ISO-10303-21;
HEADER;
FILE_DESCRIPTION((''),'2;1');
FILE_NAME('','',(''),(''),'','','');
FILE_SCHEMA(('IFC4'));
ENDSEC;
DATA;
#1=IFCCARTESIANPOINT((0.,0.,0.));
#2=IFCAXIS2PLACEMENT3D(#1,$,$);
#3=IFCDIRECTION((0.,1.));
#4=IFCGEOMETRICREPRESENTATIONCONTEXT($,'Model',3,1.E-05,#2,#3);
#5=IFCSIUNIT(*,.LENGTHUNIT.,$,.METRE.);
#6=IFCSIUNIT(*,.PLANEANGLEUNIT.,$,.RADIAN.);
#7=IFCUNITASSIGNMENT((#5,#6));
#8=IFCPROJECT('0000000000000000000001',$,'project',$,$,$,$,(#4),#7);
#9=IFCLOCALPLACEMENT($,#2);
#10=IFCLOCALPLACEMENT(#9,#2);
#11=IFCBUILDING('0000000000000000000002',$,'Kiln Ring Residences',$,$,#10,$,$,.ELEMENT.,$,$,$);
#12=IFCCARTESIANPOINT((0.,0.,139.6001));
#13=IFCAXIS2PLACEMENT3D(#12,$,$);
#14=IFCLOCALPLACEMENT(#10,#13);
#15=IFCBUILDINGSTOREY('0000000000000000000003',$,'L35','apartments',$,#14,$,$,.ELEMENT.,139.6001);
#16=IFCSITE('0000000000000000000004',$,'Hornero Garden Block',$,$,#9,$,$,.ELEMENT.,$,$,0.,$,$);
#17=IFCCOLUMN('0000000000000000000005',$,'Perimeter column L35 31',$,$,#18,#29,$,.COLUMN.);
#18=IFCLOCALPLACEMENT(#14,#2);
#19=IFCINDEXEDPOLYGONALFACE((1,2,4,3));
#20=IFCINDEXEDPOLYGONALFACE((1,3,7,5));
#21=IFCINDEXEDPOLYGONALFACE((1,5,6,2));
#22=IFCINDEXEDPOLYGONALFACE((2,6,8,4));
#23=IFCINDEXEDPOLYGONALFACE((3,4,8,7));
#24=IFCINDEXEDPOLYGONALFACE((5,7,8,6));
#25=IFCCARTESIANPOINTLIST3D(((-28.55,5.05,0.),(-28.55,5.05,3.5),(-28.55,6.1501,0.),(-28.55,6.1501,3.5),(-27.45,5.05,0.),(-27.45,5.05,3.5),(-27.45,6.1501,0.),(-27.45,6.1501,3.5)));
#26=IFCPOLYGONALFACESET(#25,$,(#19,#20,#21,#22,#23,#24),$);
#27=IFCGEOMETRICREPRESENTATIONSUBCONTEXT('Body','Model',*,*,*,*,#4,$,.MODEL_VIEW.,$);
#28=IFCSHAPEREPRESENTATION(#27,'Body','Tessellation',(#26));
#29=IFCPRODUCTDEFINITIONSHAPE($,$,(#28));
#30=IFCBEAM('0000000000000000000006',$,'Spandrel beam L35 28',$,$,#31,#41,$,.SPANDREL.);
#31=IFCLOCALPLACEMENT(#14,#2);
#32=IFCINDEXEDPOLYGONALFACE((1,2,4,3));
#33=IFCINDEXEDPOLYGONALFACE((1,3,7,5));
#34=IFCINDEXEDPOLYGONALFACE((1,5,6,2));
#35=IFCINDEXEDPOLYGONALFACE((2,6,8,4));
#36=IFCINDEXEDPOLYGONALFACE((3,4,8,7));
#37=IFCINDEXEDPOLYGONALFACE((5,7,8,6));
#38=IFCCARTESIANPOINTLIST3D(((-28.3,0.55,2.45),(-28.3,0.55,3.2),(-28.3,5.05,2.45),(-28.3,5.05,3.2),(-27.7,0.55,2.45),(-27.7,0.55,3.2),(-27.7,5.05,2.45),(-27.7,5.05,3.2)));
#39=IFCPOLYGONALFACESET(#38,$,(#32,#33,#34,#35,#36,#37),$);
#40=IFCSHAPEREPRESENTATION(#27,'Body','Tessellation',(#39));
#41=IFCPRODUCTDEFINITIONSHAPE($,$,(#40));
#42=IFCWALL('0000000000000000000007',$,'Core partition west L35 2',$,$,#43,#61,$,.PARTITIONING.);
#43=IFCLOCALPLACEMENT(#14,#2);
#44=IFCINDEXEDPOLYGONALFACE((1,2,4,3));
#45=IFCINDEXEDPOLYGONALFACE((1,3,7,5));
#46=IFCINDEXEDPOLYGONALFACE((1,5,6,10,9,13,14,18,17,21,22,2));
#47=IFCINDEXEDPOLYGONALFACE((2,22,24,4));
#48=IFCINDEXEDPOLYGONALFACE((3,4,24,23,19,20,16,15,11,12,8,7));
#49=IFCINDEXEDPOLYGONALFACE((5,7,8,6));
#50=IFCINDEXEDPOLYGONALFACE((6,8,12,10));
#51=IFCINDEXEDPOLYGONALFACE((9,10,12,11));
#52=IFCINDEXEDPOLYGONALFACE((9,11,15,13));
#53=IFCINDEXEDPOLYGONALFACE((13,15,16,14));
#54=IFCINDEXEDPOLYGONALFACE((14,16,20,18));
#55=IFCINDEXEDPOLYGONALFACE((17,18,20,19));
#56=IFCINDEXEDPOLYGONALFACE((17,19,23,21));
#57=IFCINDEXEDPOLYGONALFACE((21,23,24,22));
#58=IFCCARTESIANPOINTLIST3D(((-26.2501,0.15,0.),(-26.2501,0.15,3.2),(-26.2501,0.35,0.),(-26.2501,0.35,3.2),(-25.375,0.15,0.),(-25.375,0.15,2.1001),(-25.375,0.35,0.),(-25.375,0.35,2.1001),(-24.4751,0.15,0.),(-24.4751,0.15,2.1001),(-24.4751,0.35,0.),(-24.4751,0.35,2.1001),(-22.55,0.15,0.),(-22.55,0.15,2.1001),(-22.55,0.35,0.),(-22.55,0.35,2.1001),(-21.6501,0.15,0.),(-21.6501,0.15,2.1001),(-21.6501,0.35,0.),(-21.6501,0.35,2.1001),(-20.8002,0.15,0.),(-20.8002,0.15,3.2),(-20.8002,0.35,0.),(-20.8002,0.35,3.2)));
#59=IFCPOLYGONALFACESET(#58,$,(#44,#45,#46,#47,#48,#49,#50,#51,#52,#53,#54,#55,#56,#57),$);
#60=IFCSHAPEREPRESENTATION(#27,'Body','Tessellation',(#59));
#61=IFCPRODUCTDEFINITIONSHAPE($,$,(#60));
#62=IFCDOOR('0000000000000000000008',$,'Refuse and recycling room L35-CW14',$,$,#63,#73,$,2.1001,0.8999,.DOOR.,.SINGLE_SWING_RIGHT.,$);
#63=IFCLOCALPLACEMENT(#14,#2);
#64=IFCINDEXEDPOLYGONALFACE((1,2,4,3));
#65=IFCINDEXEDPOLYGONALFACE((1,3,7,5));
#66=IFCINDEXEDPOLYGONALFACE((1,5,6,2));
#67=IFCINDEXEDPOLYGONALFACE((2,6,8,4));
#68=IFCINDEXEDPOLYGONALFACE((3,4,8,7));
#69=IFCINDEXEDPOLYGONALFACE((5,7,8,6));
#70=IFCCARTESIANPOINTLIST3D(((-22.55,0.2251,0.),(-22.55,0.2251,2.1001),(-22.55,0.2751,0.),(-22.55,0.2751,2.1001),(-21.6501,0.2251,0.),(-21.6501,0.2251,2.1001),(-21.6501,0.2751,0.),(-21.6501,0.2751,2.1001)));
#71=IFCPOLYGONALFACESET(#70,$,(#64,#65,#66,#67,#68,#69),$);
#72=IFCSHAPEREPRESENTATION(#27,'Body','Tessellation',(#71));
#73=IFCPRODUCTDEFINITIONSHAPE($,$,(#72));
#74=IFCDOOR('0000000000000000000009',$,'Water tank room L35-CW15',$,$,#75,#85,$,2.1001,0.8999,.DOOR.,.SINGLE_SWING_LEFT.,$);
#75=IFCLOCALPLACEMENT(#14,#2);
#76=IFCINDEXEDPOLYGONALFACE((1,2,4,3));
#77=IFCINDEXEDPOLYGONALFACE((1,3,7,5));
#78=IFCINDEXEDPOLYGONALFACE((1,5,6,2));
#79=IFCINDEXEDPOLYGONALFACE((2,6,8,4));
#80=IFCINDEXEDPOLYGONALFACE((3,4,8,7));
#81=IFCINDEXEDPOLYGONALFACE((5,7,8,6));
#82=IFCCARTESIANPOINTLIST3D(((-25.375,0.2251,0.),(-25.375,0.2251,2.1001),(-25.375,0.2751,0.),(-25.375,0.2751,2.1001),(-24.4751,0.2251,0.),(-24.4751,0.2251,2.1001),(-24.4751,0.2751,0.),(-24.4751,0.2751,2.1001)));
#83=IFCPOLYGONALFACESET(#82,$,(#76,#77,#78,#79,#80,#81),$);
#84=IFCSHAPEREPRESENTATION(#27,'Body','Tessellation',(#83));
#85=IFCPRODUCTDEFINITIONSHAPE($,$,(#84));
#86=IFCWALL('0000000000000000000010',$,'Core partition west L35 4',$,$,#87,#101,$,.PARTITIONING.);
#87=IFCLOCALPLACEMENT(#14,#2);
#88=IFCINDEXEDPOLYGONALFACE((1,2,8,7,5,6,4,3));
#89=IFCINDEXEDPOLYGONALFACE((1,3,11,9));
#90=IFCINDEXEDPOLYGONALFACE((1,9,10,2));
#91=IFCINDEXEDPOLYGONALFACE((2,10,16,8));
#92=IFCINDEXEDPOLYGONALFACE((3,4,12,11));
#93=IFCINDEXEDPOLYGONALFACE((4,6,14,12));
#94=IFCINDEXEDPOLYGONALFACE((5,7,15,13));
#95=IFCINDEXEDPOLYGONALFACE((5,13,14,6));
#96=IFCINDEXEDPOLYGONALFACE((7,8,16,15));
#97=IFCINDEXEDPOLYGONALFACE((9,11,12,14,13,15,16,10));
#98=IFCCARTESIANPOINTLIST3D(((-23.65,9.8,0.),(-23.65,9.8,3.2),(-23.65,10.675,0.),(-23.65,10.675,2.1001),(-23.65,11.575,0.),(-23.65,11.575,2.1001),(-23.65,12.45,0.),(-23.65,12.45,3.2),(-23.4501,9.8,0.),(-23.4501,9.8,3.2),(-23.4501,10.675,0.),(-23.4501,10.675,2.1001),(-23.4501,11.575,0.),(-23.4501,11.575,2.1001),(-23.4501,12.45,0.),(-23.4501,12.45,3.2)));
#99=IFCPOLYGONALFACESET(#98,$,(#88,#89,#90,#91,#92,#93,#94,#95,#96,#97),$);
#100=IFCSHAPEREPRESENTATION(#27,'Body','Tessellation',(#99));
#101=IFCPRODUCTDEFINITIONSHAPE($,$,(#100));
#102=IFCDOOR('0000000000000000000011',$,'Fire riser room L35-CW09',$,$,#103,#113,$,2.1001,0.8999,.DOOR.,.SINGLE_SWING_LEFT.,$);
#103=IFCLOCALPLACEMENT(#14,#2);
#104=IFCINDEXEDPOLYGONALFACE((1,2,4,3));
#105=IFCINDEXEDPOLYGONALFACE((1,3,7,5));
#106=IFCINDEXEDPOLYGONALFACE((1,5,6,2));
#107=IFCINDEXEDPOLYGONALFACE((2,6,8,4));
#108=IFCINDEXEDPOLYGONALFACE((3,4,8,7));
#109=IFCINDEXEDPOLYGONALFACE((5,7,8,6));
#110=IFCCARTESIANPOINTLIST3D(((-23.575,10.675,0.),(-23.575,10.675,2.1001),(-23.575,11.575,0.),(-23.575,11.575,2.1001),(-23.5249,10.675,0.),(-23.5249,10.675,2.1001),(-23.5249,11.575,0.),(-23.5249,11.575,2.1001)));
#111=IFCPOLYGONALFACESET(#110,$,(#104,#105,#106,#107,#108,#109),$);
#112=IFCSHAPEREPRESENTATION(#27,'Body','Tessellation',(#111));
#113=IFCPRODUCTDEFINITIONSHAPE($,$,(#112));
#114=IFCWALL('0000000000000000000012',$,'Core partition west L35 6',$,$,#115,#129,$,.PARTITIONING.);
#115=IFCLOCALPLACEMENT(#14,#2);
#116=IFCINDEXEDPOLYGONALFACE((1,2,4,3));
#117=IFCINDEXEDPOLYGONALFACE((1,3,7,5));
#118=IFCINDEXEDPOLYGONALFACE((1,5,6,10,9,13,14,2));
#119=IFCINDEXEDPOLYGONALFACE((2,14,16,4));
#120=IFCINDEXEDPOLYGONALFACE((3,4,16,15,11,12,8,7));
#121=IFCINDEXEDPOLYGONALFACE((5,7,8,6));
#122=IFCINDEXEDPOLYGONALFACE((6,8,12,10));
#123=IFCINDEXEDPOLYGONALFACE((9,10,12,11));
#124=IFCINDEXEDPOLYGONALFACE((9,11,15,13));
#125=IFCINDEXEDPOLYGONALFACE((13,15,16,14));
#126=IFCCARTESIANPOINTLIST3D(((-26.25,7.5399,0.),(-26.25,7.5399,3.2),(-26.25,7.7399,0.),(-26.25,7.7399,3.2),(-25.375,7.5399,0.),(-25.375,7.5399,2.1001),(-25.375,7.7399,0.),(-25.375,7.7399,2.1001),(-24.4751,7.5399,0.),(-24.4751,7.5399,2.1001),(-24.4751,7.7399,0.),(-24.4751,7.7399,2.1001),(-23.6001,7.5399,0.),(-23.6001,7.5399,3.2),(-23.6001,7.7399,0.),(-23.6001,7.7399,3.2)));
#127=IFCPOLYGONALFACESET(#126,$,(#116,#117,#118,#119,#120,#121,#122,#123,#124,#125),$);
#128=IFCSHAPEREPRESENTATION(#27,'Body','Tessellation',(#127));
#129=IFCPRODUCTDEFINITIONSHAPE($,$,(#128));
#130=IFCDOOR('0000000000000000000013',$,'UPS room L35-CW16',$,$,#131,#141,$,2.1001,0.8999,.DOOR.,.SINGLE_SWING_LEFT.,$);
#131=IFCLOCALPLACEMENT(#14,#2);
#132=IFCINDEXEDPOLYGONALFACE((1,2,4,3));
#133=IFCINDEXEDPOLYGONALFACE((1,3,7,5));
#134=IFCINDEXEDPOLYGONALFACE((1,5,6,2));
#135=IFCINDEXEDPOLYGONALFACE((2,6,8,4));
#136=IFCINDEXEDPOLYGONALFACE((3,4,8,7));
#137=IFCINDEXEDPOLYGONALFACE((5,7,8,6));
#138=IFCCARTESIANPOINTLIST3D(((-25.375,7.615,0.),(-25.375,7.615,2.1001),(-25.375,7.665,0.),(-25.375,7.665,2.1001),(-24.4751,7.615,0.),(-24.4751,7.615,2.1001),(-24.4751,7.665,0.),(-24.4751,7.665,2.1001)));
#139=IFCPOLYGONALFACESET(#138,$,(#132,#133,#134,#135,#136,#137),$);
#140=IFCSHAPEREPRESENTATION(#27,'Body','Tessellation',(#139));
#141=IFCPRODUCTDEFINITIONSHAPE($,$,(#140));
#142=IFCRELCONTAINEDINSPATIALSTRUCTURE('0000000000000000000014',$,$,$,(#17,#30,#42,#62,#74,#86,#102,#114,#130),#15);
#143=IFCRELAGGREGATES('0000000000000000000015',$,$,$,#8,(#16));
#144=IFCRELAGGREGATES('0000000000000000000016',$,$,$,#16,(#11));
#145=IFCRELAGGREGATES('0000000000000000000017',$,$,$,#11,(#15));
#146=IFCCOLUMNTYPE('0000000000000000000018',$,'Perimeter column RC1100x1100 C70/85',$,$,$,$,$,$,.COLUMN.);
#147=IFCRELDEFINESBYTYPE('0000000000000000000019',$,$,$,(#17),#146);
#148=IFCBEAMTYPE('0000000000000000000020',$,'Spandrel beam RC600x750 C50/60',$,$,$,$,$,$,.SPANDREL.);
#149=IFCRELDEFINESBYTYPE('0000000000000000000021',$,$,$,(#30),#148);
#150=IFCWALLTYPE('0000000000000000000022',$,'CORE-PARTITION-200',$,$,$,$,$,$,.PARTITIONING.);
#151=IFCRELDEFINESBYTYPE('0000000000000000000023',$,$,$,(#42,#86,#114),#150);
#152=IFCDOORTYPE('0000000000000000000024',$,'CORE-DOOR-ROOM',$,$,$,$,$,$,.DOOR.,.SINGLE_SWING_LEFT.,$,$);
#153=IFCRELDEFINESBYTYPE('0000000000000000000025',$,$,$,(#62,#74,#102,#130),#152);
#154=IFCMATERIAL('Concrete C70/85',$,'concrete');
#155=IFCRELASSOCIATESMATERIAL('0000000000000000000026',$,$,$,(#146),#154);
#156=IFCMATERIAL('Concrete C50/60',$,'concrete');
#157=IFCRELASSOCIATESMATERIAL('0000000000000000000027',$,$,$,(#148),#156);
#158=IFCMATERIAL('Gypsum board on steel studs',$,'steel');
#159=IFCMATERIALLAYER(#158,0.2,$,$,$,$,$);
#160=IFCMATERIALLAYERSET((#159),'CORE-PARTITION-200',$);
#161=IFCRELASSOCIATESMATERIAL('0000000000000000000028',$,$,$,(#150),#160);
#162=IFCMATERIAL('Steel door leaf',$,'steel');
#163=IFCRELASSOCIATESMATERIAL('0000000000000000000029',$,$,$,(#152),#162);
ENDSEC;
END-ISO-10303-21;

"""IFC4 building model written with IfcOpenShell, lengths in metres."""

from ifc_helpers import new_model, si_unit, direction, frame, frame_2d, origin, origin_2d, place, context, subcontext, project, spatial, rectangle, extrude, material, layer, layer_set, material_profile, profile_set, type_object, element, fill, save


model = new_model("IFC4")

# Units and contexts
model_context = context("Model", 3, precision=1e-05, world=origin(), true_north=direction((0.0, 1.0)))
body_context = subcontext(model_context, "Body", "Model", "MODEL_VIEW")
ifc_project = project(units=[si_unit("LENGTHUNIT", "METRE"), si_unit("PLANEANGLEUNIT", "RADIAN")], contexts=[model_context])

# Site, building, storey
site_placement = place(None, origin())
site = spatial("IfcSite", under=ifc_project, at=site_placement, Name="Hornero Garden Block", CompositionType="ELEMENT", RefElevation=0.0)
building_placement = place(site_placement, origin())
building = spatial("IfcBuilding", under=site, at=building_placement, Name="Kiln Ring Residences", CompositionType="ELEMENT")
storey_placement = place(building_placement, frame((0.0, 0.0, 139.6001)))
storey = spatial("IfcBuildingStorey", under=building, at=storey_placement, Name="L35", Description="apartments", CompositionType="ELEMENT", Elevation=139.6001)

# Column
ifc_material_1 = material(Name="Concrete C70/85", Category="concrete")
ifc_material_profile_1 = material_profile(ifc_material_1, rectangle(XDim=1.1001, YDim=1.1001, at=origin_2d()), Name="RC1100x1100")
ifc_profile_set_1 = profile_set([ifc_material_profile_1], Name="Concrete C70/85")
column_type = type_object("IfcColumnType", Name="Perimeter column RC1100x1100 C70/85", PredefinedType="COLUMN", material=ifc_profile_set_1)
column_placement = place(storey_placement, frame((-28.0, 5.6001, 0.0), z_axis=(0.0, 0.0, 1.0), x_axis=(1.0, 0.0, 0.0)))
element("IfcColumn", 1, at=column_placement, inside=storey, type_object=column_type, Name="Perimeter column L35 31", PredefinedType="COLUMN", context=body_context, shape_type="SweptSolid", body=[
    extrude(rectangle(XDim=1.1001, YDim=1.1001, at=origin_2d()), origin(), (0.0, 0.0, 1.0), 3.5),
])

# Beam
ifc_material_2 = material(Name="Concrete C50/60", Category="concrete")
ifc_material_profile_2 = material_profile(ifc_material_2, rectangle(XDim=0.6001, YDim=0.75, at=origin_2d()), Name="RC600x750")
ifc_profile_set_2 = profile_set([ifc_material_profile_2], Name="Concrete C50/60")
beam_type = type_object("IfcBeamType", Name="Spandrel beam RC600x750 C50/60", PredefinedType="SPANDREL", material=ifc_profile_set_2)
beam_placement = place(storey_placement, frame((-28.0, 5.05, 2.825), z_axis=(0.0, -1.0, 0.0), x_axis=(1.0, 0.0, 0.0)))
element("IfcBeam", 2, at=beam_placement, inside=storey, type_object=beam_type, Name="Spandrel beam L35 28", PredefinedType="SPANDREL", context=body_context, shape_type="SweptSolid", body=[
    extrude(rectangle(XDim=0.6001, YDim=0.75, at=origin_2d()), origin(), (0.0, 0.0, 1.0), 4.5),
])

# Wall, openings, doors
ifc_material_3 = material(Name="Gypsum board on steel studs", Category="steel")
ifc_layer_1 = layer(ifc_material_3, 0.2)
ifc_layer_set_1 = layer_set([ifc_layer_1], Name="CORE-PARTITION-200")
wall_type_1 = type_object("IfcWallType", Name="CORE-PARTITION-200", PredefinedType="PARTITIONING", material=ifc_layer_set_1)
wall_1_placement = place(storey_placement, frame((-20.8, 0.25, 0.0), z_axis=(0.0, 0.0, 1.0), x_axis=(-1.0, 0.0, 0.0)))
wall_1 = element("IfcWall", 3, at=wall_1_placement, inside=storey, type_object=wall_type_1, Name="Core partition west L35 2", PredefinedType="PARTITIONING", context=body_context, shape_type="SweptSolid", body=[
    extrude(rectangle(XDim=5.45, YDim=0.2, at=frame_2d((2.7251, 0.0))), origin(), (0.0, 0.0, 1.0), 3.2),
])
opening_1_placement = place(wall_1_placement, frame((0.8501, 0.0, 0.0)))
opening_1 = element("IfcOpeningElement", 4, at=opening_1_placement, cuts=wall_1, PredefinedType="OPENING", context=body_context, shape_type="SweptSolid", body=[
    extrude(rectangle(XDim=0.8999, YDim=2.1001, at=frame_2d((0.45, 1.05))), frame((0.0, 0.1099, 0.0), z_axis=(0.0, -1.0, 0.0), x_axis=(1.0, 0.0, 0.0)), (0.0, 0.0, 1.0), 0.22),
])
opening_2_placement = place(wall_1_placement, frame((3.675, 0.0, 0.0)))
opening_2 = element("IfcOpeningElement", 5, at=opening_2_placement, cuts=wall_1, PredefinedType="OPENING", context=body_context, shape_type="SweptSolid", body=[
    extrude(rectangle(XDim=0.8999, YDim=2.1001, at=frame_2d((0.45, 1.05))), frame((0.0, 0.1099, 0.0), z_axis=(0.0, -1.0, 0.0), x_axis=(1.0, 0.0, 0.0)), (0.0, 0.0, 1.0), 0.22),
])
ifc_material_4 = material(Name="Steel door leaf", Category="steel")
door_type = type_object("IfcDoorType", Name="CORE-DOOR-ROOM", OperationType="SINGLE_SWING_LEFT", PredefinedType="DOOR", material=ifc_material_4)
door_1_placement = place(opening_1_placement, origin())
door_1 = element("IfcDoor", 6, at=door_1_placement, inside=storey, type_object=door_type, Name="Refuse and recycling room L35-CW14", OperationType="SINGLE_SWING_RIGHT", OverallHeight=2.1001, OverallWidth=0.8999, PredefinedType="DOOR", context=body_context, shape_type="SweptSolid", body=[
    extrude(rectangle(XDim=0.8999, YDim=2.1001, at=frame_2d((0.45, 1.05))), frame((0.0, 0.0249, 0.0), z_axis=(0.0, -1.0, 0.0), x_axis=(1.0, 0.0, 0.0)), (0.0, 0.0, 1.0), 0.05),
])
fill(opening_1, door_1)
door_2_placement = place(opening_2_placement, origin())
door_2 = element("IfcDoor", 7, at=door_2_placement, inside=storey, type_object=door_type, Name="Water tank room L35-CW15", OperationType="SINGLE_SWING_LEFT", OverallHeight=2.1001, OverallWidth=0.8999, PredefinedType="DOOR", context=body_context, shape_type="SweptSolid", body=[
    extrude(rectangle(XDim=0.8999, YDim=2.1001, at=frame_2d((0.45, 1.05))), frame((0.0, 0.0249, 0.0), z_axis=(0.0, -1.0, 0.0), x_axis=(1.0, 0.0, 0.0)), (0.0, 0.0, 1.0), 0.05),
])
fill(opening_2, door_2)

# Walls, openings, doors
wall_2_placement = place(storey_placement, frame((-23.55, 9.8, 0.0), z_axis=(0.0, 0.0, 1.0), x_axis=(0.0, 1.0, 0.0)))
wall_2 = element("IfcWall", 8, at=wall_2_placement, inside=storey, type_object=wall_type_1, Name="Core partition west L35 4", PredefinedType="PARTITIONING", context=body_context, shape_type="SweptSolid", body=[
    extrude(rectangle(XDim=2.6499, YDim=0.2, at=frame_2d((1.325, 0.0))), origin(), (0.0, 0.0, 1.0), 3.2),
])
opening_3_placement = place(wall_2_placement, frame((0.875, 0.0, 0.0)))
opening_3 = element("IfcOpeningElement", 9, at=opening_3_placement, cuts=wall_2, PredefinedType="OPENING", context=body_context, shape_type="SweptSolid", body=[
    extrude(rectangle(XDim=0.8999, YDim=2.1001, at=frame_2d((0.45, 1.05))), frame((0.0, 0.1099, 0.0), z_axis=(0.0, -1.0, 0.0), x_axis=(1.0, 0.0, 0.0)), (0.0, 0.0, 1.0), 0.22),
])
door_3_placement = place(opening_3_placement, origin())
door_3 = element("IfcDoor", 10, at=door_3_placement, inside=storey, type_object=door_type, Name="Fire riser room L35-CW09", OperationType="SINGLE_SWING_LEFT", OverallHeight=2.1001, OverallWidth=0.8999, PredefinedType="DOOR", context=body_context, shape_type="SweptSolid", body=[
    extrude(rectangle(XDim=0.8999, YDim=2.1001, at=frame_2d((0.45, 1.05))), frame((0.0, 0.0249, 0.0), z_axis=(0.0, -1.0, 0.0), x_axis=(1.0, 0.0, 0.0)), (0.0, 0.0, 1.0), 0.05),
])
fill(opening_3, door_3)
wall_3_placement = place(storey_placement, frame((-23.6001, 7.6399, 0.0), z_axis=(0.0, 0.0, 1.0), x_axis=(-1.0, 0.0, 0.0)))
wall_3 = element("IfcWall", 11, at=wall_3_placement, inside=storey, type_object=wall_type_1, Name="Core partition west L35 6", PredefinedType="PARTITIONING", context=body_context, shape_type="SweptSolid", body=[
    extrude(rectangle(XDim=2.6499, YDim=0.2, at=frame_2d((1.325, 0.0))), origin(), (0.0, 0.0, 1.0), 3.2),
])
opening_4_placement = place(wall_3_placement, frame((0.875, 0.0, 0.0)))
opening_4 = element("IfcOpeningElement", 12, at=opening_4_placement, cuts=wall_3, PredefinedType="OPENING", context=body_context, shape_type="SweptSolid", body=[
    extrude(rectangle(XDim=0.8999, YDim=2.1001, at=frame_2d((0.45, 1.05))), frame((0.0, 0.1099, 0.0), z_axis=(0.0, -1.0, 0.0), x_axis=(1.0, 0.0, 0.0)), (0.0, 0.0, 1.0), 0.22),
])
door_4_placement = place(opening_4_placement, origin())
door_4 = element("IfcDoor", 13, at=door_4_placement, inside=storey, type_object=door_type, Name="UPS room L35-CW16", OperationType="SINGLE_SWING_LEFT", OverallHeight=2.1001, OverallWidth=0.8999, PredefinedType="DOOR", context=body_context, shape_type="SweptSolid", body=[
    extrude(rectangle(XDim=0.8999, YDim=2.1001, at=frame_2d((0.45, 1.05))), frame((0.0, 0.0249, 0.0), z_axis=(0.0, -1.0, 0.0), x_axis=(1.0, 0.0, 0.0)), (0.0, 0.0, 1.0), 0.05),
])
fill(opening_4, door_4)

save(model, "model.ifc")
